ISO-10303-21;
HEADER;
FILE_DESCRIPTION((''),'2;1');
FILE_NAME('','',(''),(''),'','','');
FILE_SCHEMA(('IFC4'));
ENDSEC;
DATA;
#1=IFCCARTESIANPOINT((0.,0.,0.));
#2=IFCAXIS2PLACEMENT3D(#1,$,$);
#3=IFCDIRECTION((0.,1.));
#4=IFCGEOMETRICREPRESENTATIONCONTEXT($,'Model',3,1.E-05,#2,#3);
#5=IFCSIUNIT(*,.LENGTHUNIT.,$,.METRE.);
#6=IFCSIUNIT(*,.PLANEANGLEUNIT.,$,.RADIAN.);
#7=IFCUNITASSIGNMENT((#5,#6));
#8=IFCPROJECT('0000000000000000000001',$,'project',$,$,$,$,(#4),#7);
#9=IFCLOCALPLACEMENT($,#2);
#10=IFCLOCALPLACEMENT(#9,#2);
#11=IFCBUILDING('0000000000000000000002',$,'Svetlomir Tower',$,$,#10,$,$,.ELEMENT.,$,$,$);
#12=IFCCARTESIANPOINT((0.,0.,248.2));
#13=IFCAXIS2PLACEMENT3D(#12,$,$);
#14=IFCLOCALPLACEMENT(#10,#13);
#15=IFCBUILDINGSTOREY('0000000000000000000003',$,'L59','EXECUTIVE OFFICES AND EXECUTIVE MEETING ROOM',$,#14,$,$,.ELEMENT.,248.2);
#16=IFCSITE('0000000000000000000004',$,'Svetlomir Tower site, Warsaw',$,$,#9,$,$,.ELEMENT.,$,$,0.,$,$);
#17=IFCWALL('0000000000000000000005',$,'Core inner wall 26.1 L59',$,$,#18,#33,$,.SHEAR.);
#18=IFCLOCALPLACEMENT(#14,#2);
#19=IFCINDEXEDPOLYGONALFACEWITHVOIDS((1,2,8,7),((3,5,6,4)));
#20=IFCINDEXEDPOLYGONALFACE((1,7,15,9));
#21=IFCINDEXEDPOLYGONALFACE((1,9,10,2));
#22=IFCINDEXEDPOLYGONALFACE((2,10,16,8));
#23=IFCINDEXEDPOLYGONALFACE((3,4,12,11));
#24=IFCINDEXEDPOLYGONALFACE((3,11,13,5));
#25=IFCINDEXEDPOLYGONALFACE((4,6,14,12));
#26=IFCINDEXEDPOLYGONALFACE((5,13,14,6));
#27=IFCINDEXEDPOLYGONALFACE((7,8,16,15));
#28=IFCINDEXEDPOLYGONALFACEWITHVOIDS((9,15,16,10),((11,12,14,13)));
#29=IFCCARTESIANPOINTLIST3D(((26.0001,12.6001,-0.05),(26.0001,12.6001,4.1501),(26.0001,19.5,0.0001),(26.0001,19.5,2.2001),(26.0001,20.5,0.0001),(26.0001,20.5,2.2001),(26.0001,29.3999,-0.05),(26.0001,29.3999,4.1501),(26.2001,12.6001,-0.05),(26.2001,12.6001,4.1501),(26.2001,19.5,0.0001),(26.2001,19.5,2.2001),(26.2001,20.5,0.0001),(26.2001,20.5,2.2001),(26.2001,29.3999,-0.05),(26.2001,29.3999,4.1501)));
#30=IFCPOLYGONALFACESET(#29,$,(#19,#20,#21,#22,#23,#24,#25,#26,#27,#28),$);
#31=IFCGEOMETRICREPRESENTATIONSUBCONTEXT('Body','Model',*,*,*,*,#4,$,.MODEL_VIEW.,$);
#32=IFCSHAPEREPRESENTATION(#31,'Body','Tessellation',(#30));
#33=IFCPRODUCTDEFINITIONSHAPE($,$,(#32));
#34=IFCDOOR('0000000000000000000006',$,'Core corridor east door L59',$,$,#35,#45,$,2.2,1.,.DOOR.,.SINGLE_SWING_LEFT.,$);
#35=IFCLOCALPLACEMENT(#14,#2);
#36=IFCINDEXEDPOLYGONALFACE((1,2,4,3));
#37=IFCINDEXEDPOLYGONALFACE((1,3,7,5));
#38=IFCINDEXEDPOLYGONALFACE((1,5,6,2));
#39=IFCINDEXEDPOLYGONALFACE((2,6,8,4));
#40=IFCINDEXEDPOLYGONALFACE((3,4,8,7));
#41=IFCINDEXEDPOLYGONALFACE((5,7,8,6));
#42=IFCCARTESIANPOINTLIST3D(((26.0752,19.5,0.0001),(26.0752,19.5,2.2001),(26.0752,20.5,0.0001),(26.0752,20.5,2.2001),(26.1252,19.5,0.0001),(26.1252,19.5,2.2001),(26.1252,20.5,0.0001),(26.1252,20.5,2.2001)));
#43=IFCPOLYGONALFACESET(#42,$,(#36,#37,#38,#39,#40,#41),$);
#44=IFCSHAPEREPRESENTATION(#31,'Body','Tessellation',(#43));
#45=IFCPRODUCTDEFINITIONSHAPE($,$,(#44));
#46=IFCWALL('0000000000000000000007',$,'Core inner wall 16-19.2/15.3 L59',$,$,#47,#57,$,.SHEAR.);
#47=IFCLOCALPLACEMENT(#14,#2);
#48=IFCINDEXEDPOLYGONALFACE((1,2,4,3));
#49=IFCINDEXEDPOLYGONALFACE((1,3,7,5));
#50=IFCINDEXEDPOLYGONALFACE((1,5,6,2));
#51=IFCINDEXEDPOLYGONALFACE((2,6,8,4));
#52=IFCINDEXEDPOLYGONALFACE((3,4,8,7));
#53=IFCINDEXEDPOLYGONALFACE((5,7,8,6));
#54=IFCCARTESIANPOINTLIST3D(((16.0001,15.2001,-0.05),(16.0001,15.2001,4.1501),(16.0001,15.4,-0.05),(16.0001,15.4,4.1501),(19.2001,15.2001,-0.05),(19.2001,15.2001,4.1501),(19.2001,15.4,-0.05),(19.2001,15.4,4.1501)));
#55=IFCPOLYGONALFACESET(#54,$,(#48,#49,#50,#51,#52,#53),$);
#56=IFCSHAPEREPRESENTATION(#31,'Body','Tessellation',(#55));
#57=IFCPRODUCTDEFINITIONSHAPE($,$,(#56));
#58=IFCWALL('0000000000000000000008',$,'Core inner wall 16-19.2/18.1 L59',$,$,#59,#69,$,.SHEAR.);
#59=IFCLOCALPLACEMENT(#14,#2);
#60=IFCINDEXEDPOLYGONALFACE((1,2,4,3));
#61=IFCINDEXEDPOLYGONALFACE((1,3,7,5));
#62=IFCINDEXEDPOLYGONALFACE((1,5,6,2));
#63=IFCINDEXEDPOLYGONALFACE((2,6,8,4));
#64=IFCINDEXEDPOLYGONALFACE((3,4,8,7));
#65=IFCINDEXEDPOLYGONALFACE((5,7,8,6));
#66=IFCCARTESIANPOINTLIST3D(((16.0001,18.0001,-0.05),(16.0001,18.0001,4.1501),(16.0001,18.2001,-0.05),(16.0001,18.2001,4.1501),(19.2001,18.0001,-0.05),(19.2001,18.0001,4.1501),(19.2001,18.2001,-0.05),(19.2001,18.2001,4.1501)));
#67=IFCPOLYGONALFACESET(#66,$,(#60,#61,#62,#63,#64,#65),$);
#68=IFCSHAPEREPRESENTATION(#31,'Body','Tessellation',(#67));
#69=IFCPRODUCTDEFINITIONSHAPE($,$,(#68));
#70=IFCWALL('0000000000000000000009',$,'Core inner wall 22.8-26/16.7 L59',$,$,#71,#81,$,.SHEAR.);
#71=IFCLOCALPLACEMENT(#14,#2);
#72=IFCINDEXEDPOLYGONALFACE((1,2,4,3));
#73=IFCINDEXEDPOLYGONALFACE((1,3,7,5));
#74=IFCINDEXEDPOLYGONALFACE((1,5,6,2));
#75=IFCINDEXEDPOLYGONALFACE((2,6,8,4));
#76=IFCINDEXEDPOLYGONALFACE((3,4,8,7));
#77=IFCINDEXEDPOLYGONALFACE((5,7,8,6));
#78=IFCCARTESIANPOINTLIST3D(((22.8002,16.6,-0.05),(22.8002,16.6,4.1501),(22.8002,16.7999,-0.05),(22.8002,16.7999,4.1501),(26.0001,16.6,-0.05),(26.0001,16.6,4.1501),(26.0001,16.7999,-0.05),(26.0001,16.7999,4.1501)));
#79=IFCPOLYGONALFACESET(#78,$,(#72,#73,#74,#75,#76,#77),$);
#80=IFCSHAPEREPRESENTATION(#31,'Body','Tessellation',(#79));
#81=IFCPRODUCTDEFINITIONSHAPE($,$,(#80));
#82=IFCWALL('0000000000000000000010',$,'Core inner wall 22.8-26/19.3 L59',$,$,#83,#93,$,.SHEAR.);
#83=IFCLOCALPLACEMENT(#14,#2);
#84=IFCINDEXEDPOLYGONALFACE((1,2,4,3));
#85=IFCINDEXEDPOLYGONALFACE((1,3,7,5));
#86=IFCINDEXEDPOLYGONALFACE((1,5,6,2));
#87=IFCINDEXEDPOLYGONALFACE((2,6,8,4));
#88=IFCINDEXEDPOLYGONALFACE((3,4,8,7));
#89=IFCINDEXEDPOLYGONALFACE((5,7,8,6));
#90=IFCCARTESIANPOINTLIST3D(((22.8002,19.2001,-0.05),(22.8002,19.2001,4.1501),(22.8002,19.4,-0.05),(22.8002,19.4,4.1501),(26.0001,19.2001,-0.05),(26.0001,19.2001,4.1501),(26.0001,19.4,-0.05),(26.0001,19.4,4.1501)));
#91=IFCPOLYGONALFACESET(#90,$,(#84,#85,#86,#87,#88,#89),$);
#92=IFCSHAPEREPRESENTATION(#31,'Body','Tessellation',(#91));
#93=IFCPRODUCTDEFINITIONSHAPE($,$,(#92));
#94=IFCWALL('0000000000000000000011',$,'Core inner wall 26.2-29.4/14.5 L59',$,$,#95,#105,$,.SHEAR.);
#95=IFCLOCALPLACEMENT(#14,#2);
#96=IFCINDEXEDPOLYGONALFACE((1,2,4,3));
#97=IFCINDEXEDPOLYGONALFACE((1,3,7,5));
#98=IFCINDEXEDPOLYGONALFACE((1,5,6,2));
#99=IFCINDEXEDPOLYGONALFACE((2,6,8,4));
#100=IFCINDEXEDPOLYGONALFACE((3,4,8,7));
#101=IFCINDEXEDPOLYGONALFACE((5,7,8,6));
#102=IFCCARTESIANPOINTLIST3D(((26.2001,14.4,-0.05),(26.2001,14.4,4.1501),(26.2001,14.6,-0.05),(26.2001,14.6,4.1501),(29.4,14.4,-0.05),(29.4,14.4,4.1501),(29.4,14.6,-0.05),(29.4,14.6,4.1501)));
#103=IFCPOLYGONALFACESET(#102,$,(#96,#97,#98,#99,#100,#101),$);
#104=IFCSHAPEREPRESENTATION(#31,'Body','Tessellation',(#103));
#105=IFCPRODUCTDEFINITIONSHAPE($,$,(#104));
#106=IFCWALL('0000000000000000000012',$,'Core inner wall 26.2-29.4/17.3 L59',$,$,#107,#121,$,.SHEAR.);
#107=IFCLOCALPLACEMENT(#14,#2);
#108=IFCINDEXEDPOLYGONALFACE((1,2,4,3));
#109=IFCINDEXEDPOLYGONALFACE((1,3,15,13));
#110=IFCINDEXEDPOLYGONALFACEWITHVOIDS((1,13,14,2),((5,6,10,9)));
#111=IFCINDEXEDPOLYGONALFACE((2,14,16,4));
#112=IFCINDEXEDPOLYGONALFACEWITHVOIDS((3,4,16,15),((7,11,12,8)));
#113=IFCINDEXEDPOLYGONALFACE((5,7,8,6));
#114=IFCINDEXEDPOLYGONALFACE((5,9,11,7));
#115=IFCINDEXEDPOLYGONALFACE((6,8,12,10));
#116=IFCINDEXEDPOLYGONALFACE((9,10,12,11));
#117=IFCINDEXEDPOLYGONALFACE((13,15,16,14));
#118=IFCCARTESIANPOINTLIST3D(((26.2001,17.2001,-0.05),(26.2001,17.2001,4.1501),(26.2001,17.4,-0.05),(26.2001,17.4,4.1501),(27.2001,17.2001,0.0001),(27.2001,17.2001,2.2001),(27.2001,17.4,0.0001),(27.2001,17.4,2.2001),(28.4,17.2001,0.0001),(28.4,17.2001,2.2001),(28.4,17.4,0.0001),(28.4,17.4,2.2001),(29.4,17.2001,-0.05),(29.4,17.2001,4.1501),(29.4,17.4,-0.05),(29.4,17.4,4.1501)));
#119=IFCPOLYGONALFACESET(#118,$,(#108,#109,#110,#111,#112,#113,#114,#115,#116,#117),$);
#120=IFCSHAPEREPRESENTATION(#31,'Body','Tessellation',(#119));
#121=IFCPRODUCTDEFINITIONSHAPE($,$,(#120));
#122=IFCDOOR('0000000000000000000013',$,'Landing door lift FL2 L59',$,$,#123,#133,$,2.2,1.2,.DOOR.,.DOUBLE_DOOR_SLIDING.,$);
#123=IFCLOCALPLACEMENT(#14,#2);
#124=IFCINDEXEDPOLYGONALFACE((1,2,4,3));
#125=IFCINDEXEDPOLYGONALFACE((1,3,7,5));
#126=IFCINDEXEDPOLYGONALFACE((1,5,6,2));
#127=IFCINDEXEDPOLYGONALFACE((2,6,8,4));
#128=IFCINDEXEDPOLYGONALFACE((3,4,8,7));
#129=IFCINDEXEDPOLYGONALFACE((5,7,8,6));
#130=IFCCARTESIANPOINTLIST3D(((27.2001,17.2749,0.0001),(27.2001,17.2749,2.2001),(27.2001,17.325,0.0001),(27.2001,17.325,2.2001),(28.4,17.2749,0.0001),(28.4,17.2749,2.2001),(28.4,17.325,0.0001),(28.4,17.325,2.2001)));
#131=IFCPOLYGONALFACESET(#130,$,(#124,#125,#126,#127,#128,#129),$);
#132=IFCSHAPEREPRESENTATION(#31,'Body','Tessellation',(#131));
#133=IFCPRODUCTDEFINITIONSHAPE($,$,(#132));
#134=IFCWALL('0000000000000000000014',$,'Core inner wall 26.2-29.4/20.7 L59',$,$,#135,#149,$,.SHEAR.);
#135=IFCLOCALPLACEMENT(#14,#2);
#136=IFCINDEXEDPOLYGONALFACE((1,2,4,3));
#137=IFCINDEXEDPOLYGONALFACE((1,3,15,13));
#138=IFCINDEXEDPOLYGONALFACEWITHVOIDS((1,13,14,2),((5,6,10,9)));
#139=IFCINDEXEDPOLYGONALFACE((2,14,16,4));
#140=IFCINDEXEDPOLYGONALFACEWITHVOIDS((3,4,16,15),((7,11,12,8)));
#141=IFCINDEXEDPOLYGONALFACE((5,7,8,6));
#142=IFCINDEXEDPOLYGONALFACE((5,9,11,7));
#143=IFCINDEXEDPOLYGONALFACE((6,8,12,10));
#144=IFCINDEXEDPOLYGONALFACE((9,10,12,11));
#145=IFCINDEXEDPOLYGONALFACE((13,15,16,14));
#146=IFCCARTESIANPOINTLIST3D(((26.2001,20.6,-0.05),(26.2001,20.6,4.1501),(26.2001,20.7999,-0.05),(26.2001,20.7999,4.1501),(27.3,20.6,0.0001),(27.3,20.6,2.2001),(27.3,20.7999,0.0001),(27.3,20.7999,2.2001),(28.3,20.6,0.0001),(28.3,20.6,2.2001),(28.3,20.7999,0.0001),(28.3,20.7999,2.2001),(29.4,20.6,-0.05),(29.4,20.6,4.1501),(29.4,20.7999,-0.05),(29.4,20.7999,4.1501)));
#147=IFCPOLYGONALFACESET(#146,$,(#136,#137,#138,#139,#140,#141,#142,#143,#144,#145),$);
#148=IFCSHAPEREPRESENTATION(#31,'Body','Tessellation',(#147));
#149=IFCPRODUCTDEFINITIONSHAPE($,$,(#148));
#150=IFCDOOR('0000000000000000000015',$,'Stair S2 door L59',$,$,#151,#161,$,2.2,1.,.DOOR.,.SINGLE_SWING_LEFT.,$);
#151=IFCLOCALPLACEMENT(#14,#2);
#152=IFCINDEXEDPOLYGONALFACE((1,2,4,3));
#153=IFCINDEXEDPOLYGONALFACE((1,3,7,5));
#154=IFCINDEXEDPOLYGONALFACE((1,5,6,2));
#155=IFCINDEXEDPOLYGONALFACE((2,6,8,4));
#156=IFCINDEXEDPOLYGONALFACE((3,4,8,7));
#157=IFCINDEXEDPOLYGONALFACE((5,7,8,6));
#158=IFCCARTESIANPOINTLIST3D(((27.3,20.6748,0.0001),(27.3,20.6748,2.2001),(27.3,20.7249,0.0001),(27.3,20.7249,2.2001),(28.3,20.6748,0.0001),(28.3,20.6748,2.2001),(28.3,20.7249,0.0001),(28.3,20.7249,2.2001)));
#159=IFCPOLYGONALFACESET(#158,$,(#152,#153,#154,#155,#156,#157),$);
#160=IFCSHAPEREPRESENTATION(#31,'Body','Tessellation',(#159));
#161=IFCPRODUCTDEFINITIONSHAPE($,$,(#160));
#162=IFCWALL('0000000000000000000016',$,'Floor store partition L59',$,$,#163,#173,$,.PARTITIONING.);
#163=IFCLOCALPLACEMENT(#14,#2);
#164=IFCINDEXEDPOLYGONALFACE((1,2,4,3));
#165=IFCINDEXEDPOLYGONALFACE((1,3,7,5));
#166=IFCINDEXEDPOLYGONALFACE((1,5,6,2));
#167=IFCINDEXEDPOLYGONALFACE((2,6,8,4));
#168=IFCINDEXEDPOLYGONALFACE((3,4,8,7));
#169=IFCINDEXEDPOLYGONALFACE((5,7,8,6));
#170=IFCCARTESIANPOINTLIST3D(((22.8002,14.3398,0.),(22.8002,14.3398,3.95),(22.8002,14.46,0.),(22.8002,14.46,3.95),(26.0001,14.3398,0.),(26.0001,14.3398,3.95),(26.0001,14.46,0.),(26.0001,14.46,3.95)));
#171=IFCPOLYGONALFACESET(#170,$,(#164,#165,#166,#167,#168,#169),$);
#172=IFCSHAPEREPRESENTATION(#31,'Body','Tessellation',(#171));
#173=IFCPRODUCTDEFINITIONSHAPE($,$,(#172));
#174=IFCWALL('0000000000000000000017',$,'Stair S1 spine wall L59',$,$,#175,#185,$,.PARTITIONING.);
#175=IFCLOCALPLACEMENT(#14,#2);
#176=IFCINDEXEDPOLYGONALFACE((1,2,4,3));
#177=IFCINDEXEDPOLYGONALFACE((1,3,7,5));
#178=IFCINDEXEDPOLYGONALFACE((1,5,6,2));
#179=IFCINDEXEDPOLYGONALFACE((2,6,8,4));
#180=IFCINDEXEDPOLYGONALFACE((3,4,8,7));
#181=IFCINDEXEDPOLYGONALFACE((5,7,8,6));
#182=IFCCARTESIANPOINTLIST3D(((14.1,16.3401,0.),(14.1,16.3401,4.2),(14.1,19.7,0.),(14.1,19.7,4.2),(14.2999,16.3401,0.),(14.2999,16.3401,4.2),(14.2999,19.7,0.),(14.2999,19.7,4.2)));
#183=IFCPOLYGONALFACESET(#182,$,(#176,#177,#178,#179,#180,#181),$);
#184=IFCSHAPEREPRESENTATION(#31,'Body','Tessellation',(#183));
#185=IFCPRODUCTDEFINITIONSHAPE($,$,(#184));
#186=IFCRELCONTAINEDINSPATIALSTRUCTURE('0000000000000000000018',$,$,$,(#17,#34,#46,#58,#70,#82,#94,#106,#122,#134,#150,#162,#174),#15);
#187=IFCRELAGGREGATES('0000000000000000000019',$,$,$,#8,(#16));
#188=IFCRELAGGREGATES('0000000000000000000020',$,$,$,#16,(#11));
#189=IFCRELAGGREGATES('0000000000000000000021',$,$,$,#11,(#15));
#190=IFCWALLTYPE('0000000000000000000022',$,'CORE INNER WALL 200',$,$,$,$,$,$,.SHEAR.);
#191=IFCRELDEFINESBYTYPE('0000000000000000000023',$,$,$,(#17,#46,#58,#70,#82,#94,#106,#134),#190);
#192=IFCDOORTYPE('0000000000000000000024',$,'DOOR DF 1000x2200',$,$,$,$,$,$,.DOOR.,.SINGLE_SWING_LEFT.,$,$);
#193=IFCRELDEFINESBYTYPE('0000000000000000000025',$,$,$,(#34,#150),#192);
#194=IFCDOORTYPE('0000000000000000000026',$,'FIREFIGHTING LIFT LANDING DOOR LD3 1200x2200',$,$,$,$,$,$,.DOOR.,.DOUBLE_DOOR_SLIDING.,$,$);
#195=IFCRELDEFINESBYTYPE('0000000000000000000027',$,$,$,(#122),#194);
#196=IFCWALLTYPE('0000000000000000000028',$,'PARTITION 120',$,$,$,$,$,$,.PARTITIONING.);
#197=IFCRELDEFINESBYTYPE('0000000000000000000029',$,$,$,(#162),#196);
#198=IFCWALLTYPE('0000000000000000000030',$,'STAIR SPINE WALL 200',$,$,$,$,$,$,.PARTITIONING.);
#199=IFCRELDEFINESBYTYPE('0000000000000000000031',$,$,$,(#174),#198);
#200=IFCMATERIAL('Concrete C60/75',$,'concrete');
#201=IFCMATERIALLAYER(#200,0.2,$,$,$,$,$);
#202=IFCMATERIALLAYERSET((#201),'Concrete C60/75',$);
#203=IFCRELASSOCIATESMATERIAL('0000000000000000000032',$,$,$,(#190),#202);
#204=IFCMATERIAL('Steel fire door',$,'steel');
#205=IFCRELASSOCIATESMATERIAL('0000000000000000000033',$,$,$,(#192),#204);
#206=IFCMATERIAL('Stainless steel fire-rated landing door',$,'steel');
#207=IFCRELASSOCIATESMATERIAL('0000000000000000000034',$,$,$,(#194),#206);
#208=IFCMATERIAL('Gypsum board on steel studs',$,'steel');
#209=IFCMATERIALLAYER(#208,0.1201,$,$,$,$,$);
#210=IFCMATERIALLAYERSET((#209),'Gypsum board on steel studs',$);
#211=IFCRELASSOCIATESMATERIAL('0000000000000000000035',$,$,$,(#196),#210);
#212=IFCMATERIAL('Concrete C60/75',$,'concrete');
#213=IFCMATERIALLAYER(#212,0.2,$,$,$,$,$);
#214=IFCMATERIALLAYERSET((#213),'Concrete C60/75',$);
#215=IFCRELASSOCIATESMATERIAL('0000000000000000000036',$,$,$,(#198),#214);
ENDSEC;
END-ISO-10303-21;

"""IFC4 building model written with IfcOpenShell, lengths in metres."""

from ifc_helpers import new_model, si_unit, direction, frame, frame_2d, origin, place, context, subcontext, project, spatial, rectangle, extrude, material, layer, layer_set, type_object, element, fill, save


model = new_model("IFC4")

# Units and contexts
model_context = context("Model", 3, precision=1e-05, world=origin(), true_north=direction((0.0, 1.0)))
body_context = subcontext(model_context, "Body", "Model", "MODEL_VIEW")
ifc_project = project(units=[si_unit("LENGTHUNIT", "METRE"), si_unit("PLANEANGLEUNIT", "RADIAN")], contexts=[model_context])

# Site, building, storey
site_placement = place(None, origin())
site = spatial("IfcSite", under=ifc_project, at=site_placement, Name="Svetlomir Tower site, Warsaw", CompositionType="ELEMENT", RefElevation=0.0)
building_placement = place(site_placement, origin())
building = spatial("IfcBuilding", under=site, at=building_placement, Name="Svetlomir Tower", CompositionType="ELEMENT")
storey_placement = place(building_placement, frame((0.0, 0.0, 248.2)))
storey = spatial("IfcBuildingStorey", under=building, at=storey_placement, Name="L59", Description="EXECUTIVE OFFICES AND EXECUTIVE MEETING ROOM", CompositionType="ELEMENT", Elevation=248.2)

# Wall, opening, door
ifc_material_1 = material(Name="Concrete C60/75", Category="concrete")
ifc_layer_1 = layer(ifc_material_1, 0.2)
ifc_layer_set_1 = layer_set([ifc_layer_1], Name="Concrete C60/75")
wall_type_1 = type_object("IfcWallType", Name="CORE INNER WALL 200", PredefinedType="SHEAR", material=ifc_layer_set_1)
wall_1_placement = place(storey_placement, frame((26.1001, 12.6001, -0.05), z_axis=(0.0, 0.0, 1.0), x_axis=(0.0, 1.0, 0.0)))
wall_1 = element("IfcWall", 1, at=wall_1_placement, inside=storey, type_object=wall_type_1, Name="Core inner wall 26.1 L59", PredefinedType="SHEAR", context=body_context, shape_type="SweptSolid", body=[
    extrude(rectangle(XDim=16.7998, YDim=0.2, at=frame_2d((8.3999, 0.0))), origin(), (0.0, 0.0, 1.0), 4.2002),
])
opening_1_placement = place(wall_1_placement, frame((6.8999, 0.0, 0.05)))
opening_1 = element("IfcOpeningElement", 2, at=opening_1_placement, cuts=wall_1, PredefinedType="OPENING", context=body_context, shape_type="SweptSolid", body=[
    extrude(rectangle(XDim=1.0, YDim=2.2, at=frame_2d((0.5, 1.1001))), frame((0.0, 0.1099, 0.0), z_axis=(0.0, -1.0, 0.0), x_axis=(1.0, 0.0, 0.0)), (0.0, 0.0, 1.0), 0.22),
])
ifc_material_2 = material(Name="Steel fire door", Category="steel")
door_type_1 = type_object("IfcDoorType", Name="DOOR DF 1000x2200", OperationType="SINGLE_SWING_LEFT", PredefinedType="DOOR", material=ifc_material_2)
door_1_placement = place(opening_1_placement, origin())
door_1 = element("IfcDoor", 3, at=door_1_placement, inside=storey, type_object=door_type_1, Name="Core corridor east door L59", OperationType="SINGLE_SWING_LEFT", OverallHeight=2.2, OverallWidth=1.0, PredefinedType="DOOR", context=body_context, shape_type="SweptSolid", body=[
    extrude(rectangle(XDim=1.0, YDim=2.2, at=frame_2d((0.5, 1.1001))), frame((0.0, 0.0249, 0.0), z_axis=(0.0, -1.0, 0.0), x_axis=(1.0, 0.0, 0.0)), (0.0, 0.0, 1.0), 0.05),
])
fill(opening_1, door_1)

# Walls
for number, where, z_axis, x_axis, name in (
    (4, (16.0, 15.3, -0.05), (0.0, 0.0, 1.0), (1.0, 0.0, 0.0), "Core inner wall 16-19.2/15.3 L59"),
    (5, (16.0, 18.1001, -0.05), (0.0, 0.0, 1.0), (1.0, 0.0, 0.0), "Core inner wall 16-19.2/18.1 L59"),
    (6, (22.8, 16.7, -0.05), (0.0, 0.0, 1.0), (1.0, 0.0, 0.0), "Core inner wall 22.8-26/16.7 L59"),
    (7, (22.8, 19.3, -0.05), (0.0, 0.0, 1.0), (1.0, 0.0, 0.0), "Core inner wall 22.8-26/19.3 L59"),
    (8, (26.2, 14.5, -0.05), (0.0, 0.0, 1.0), (1.0, 0.0, 0.0), "Core inner wall 26.2-29.4/14.5 L59"),
):
    element("IfcWall", number, at=place(storey_placement, frame(where, z_axis=z_axis, x_axis=x_axis)), inside=storey, type_object=wall_type_1, Name=name, PredefinedType="SHEAR", context=body_context, shape_type="SweptSolid", body=[
        extrude(rectangle(XDim=3.2, YDim=0.2, at=frame_2d((1.6001, 0.0))), origin(), (0.0, 0.0, 1.0), 4.2002),
    ])

# Walls, openings, doors
wall_2_placement = place(storey_placement, frame((26.2, 17.3, -0.05), z_axis=(0.0, 0.0, 1.0), x_axis=(1.0, 0.0, 0.0)))
wall_2 = element("IfcWall", 9, at=wall_2_placement, inside=storey, type_object=wall_type_1, Name="Core inner wall 26.2-29.4/17.3 L59", PredefinedType="SHEAR", context=body_context, shape_type="SweptSolid", body=[
    extrude(rectangle(XDim=3.2, YDim=0.2, at=frame_2d((1.6001, 0.0))), origin(), (0.0, 0.0, 1.0), 4.2002),
])
opening_2_placement = place(wall_2_placement, frame((1.0, 0.0, 0.05)))
opening_2 = element("IfcOpeningElement", 10, at=opening_2_placement, cuts=wall_2, PredefinedType="OPENING", context=body_context, shape_type="SweptSolid", body=[
    extrude(rectangle(XDim=1.2, YDim=2.2, at=frame_2d((0.6001, 1.1001))), frame((0.0, 0.1099, 0.0), z_axis=(0.0, -1.0, 0.0), x_axis=(1.0, 0.0, 0.0)), (0.0, 0.0, 1.0), 0.22),
])
ifc_material_3 = material(Name="Stainless steel fire-rated landing door", Category="steel")
door_type_2 = type_object("IfcDoorType", Name="FIREFIGHTING LIFT LANDING DOOR LD3 1200x2200", OperationType="DOUBLE_DOOR_SLIDING", PredefinedType="DOOR", material=ifc_material_3)
door_2_placement = place(opening_2_placement, origin())
door_2 = element("IfcDoor", 11, at=door_2_placement, inside=storey, type_object=door_type_2, Name="Landing door lift FL2 L59", OperationType="DOUBLE_DOOR_SLIDING", OverallHeight=2.2, OverallWidth=1.2, PredefinedType="DOOR", context=body_context, shape_type="SweptSolid", body=[
    extrude(rectangle(XDim=1.2, YDim=2.2, at=frame_2d((0.6001, 1.1001))), frame((0.0, 0.0249, 0.0), z_axis=(0.0, -1.0, 0.0), x_axis=(1.0, 0.0, 0.0)), (0.0, 0.0, 1.0), 0.05),
])
fill(opening_2, door_2)
wall_3_placement = place(storey_placement, frame((26.2, 20.7, -0.05), z_axis=(0.0, 0.0, 1.0), x_axis=(1.0, 0.0, 0.0)))
wall_3 = element("IfcWall", 12, at=wall_3_placement, inside=storey, type_object=wall_type_1, Name="Core inner wall 26.2-29.4/20.7 L59", PredefinedType="SHEAR", context=body_context, shape_type="SweptSolid", body=[
    extrude(rectangle(XDim=3.2, YDim=0.2, at=frame_2d((1.6001, 0.0))), origin(), (0.0, 0.0, 1.0), 4.2002),
])
opening_3_placement = place(wall_3_placement, frame((1.1001, 0.0, 0.05)))
opening_3 = element("IfcOpeningElement", 13, at=opening_3_placement, cuts=wall_3, PredefinedType="OPENING", context=body_context, shape_type="SweptSolid", body=[
    extrude(rectangle(XDim=1.0, YDim=2.2, at=frame_2d((0.5, 1.1001))), frame((0.0, 0.1099, 0.0), z_axis=(0.0, -1.0, 0.0), x_axis=(1.0, 0.0, 0.0)), (0.0, 0.0, 1.0), 0.22),
])
door_3_placement = place(opening_3_placement, origin())
door_3 = element("IfcDoor", 14, at=door_3_placement, inside=storey, type_object=door_type_1, Name="Stair S2 door L59", OperationType="SINGLE_SWING_LEFT", OverallHeight=2.2, OverallWidth=1.0, PredefinedType="DOOR", context=body_context, shape_type="SweptSolid", body=[
    extrude(rectangle(XDim=1.0, YDim=2.2, at=frame_2d((0.5, 1.1001))), frame((0.0, 0.0249, 0.0), z_axis=(0.0, -1.0, 0.0), x_axis=(1.0, 0.0, 0.0)), (0.0, 0.0, 1.0), 0.05),
])
fill(opening_3, door_3)

# Walls
ifc_material_4 = material(Name="Gypsum board on steel studs", Category="steel")
ifc_layer_2 = layer(ifc_material_4, 0.1201)
ifc_layer_set_2 = layer_set([ifc_layer_2], Name="Gypsum board on steel studs")
wall_type_2 = type_object("IfcWallType", Name="PARTITION 120", PredefinedType="PARTITIONING", material=ifc_layer_set_2)
wall_4_placement = place(storey_placement, frame((22.8, 14.3999, 0.0), z_axis=(0.0, 0.0, 1.0), x_axis=(1.0, 0.0, 0.0)))
element("IfcWall", 15, at=wall_4_placement, inside=storey, type_object=wall_type_2, Name="Floor store partition L59", PredefinedType="PARTITIONING", context=body_context, shape_type="SweptSolid", body=[
    extrude(rectangle(XDim=3.2, YDim=0.1201, at=frame_2d((1.6001, 0.0))), origin(), (0.0, 0.0, 1.0), 3.95),
])
ifc_material_5 = material(Name="Concrete C60/75", Category="concrete")
ifc_layer_3 = layer(ifc_material_5, 0.2)
ifc_layer_set_3 = layer_set([ifc_layer_3], Name="Concrete C60/75")
wall_type_3 = type_object("IfcWallType", Name="STAIR SPINE WALL 200", PredefinedType="PARTITIONING", material=ifc_layer_set_3)
wall_5_placement = place(storey_placement, frame((14.2, 16.3401, 0.0), z_axis=(0.0, 0.0, 1.0), x_axis=(0.0, 1.0, 0.0)))
element("IfcWall", 16, at=wall_5_placement, inside=storey, type_object=wall_type_3, Name="Stair S1 spine wall L59", PredefinedType="PARTITIONING", context=body_context, shape_type="SweptSolid", body=[
    extrude(rectangle(XDim=3.3599, YDim=0.2, at=frame_2d((1.6799, 0.0))), origin(), (0.0, 0.0, 1.0), 4.2),
])

save(model, "model.ifc")
